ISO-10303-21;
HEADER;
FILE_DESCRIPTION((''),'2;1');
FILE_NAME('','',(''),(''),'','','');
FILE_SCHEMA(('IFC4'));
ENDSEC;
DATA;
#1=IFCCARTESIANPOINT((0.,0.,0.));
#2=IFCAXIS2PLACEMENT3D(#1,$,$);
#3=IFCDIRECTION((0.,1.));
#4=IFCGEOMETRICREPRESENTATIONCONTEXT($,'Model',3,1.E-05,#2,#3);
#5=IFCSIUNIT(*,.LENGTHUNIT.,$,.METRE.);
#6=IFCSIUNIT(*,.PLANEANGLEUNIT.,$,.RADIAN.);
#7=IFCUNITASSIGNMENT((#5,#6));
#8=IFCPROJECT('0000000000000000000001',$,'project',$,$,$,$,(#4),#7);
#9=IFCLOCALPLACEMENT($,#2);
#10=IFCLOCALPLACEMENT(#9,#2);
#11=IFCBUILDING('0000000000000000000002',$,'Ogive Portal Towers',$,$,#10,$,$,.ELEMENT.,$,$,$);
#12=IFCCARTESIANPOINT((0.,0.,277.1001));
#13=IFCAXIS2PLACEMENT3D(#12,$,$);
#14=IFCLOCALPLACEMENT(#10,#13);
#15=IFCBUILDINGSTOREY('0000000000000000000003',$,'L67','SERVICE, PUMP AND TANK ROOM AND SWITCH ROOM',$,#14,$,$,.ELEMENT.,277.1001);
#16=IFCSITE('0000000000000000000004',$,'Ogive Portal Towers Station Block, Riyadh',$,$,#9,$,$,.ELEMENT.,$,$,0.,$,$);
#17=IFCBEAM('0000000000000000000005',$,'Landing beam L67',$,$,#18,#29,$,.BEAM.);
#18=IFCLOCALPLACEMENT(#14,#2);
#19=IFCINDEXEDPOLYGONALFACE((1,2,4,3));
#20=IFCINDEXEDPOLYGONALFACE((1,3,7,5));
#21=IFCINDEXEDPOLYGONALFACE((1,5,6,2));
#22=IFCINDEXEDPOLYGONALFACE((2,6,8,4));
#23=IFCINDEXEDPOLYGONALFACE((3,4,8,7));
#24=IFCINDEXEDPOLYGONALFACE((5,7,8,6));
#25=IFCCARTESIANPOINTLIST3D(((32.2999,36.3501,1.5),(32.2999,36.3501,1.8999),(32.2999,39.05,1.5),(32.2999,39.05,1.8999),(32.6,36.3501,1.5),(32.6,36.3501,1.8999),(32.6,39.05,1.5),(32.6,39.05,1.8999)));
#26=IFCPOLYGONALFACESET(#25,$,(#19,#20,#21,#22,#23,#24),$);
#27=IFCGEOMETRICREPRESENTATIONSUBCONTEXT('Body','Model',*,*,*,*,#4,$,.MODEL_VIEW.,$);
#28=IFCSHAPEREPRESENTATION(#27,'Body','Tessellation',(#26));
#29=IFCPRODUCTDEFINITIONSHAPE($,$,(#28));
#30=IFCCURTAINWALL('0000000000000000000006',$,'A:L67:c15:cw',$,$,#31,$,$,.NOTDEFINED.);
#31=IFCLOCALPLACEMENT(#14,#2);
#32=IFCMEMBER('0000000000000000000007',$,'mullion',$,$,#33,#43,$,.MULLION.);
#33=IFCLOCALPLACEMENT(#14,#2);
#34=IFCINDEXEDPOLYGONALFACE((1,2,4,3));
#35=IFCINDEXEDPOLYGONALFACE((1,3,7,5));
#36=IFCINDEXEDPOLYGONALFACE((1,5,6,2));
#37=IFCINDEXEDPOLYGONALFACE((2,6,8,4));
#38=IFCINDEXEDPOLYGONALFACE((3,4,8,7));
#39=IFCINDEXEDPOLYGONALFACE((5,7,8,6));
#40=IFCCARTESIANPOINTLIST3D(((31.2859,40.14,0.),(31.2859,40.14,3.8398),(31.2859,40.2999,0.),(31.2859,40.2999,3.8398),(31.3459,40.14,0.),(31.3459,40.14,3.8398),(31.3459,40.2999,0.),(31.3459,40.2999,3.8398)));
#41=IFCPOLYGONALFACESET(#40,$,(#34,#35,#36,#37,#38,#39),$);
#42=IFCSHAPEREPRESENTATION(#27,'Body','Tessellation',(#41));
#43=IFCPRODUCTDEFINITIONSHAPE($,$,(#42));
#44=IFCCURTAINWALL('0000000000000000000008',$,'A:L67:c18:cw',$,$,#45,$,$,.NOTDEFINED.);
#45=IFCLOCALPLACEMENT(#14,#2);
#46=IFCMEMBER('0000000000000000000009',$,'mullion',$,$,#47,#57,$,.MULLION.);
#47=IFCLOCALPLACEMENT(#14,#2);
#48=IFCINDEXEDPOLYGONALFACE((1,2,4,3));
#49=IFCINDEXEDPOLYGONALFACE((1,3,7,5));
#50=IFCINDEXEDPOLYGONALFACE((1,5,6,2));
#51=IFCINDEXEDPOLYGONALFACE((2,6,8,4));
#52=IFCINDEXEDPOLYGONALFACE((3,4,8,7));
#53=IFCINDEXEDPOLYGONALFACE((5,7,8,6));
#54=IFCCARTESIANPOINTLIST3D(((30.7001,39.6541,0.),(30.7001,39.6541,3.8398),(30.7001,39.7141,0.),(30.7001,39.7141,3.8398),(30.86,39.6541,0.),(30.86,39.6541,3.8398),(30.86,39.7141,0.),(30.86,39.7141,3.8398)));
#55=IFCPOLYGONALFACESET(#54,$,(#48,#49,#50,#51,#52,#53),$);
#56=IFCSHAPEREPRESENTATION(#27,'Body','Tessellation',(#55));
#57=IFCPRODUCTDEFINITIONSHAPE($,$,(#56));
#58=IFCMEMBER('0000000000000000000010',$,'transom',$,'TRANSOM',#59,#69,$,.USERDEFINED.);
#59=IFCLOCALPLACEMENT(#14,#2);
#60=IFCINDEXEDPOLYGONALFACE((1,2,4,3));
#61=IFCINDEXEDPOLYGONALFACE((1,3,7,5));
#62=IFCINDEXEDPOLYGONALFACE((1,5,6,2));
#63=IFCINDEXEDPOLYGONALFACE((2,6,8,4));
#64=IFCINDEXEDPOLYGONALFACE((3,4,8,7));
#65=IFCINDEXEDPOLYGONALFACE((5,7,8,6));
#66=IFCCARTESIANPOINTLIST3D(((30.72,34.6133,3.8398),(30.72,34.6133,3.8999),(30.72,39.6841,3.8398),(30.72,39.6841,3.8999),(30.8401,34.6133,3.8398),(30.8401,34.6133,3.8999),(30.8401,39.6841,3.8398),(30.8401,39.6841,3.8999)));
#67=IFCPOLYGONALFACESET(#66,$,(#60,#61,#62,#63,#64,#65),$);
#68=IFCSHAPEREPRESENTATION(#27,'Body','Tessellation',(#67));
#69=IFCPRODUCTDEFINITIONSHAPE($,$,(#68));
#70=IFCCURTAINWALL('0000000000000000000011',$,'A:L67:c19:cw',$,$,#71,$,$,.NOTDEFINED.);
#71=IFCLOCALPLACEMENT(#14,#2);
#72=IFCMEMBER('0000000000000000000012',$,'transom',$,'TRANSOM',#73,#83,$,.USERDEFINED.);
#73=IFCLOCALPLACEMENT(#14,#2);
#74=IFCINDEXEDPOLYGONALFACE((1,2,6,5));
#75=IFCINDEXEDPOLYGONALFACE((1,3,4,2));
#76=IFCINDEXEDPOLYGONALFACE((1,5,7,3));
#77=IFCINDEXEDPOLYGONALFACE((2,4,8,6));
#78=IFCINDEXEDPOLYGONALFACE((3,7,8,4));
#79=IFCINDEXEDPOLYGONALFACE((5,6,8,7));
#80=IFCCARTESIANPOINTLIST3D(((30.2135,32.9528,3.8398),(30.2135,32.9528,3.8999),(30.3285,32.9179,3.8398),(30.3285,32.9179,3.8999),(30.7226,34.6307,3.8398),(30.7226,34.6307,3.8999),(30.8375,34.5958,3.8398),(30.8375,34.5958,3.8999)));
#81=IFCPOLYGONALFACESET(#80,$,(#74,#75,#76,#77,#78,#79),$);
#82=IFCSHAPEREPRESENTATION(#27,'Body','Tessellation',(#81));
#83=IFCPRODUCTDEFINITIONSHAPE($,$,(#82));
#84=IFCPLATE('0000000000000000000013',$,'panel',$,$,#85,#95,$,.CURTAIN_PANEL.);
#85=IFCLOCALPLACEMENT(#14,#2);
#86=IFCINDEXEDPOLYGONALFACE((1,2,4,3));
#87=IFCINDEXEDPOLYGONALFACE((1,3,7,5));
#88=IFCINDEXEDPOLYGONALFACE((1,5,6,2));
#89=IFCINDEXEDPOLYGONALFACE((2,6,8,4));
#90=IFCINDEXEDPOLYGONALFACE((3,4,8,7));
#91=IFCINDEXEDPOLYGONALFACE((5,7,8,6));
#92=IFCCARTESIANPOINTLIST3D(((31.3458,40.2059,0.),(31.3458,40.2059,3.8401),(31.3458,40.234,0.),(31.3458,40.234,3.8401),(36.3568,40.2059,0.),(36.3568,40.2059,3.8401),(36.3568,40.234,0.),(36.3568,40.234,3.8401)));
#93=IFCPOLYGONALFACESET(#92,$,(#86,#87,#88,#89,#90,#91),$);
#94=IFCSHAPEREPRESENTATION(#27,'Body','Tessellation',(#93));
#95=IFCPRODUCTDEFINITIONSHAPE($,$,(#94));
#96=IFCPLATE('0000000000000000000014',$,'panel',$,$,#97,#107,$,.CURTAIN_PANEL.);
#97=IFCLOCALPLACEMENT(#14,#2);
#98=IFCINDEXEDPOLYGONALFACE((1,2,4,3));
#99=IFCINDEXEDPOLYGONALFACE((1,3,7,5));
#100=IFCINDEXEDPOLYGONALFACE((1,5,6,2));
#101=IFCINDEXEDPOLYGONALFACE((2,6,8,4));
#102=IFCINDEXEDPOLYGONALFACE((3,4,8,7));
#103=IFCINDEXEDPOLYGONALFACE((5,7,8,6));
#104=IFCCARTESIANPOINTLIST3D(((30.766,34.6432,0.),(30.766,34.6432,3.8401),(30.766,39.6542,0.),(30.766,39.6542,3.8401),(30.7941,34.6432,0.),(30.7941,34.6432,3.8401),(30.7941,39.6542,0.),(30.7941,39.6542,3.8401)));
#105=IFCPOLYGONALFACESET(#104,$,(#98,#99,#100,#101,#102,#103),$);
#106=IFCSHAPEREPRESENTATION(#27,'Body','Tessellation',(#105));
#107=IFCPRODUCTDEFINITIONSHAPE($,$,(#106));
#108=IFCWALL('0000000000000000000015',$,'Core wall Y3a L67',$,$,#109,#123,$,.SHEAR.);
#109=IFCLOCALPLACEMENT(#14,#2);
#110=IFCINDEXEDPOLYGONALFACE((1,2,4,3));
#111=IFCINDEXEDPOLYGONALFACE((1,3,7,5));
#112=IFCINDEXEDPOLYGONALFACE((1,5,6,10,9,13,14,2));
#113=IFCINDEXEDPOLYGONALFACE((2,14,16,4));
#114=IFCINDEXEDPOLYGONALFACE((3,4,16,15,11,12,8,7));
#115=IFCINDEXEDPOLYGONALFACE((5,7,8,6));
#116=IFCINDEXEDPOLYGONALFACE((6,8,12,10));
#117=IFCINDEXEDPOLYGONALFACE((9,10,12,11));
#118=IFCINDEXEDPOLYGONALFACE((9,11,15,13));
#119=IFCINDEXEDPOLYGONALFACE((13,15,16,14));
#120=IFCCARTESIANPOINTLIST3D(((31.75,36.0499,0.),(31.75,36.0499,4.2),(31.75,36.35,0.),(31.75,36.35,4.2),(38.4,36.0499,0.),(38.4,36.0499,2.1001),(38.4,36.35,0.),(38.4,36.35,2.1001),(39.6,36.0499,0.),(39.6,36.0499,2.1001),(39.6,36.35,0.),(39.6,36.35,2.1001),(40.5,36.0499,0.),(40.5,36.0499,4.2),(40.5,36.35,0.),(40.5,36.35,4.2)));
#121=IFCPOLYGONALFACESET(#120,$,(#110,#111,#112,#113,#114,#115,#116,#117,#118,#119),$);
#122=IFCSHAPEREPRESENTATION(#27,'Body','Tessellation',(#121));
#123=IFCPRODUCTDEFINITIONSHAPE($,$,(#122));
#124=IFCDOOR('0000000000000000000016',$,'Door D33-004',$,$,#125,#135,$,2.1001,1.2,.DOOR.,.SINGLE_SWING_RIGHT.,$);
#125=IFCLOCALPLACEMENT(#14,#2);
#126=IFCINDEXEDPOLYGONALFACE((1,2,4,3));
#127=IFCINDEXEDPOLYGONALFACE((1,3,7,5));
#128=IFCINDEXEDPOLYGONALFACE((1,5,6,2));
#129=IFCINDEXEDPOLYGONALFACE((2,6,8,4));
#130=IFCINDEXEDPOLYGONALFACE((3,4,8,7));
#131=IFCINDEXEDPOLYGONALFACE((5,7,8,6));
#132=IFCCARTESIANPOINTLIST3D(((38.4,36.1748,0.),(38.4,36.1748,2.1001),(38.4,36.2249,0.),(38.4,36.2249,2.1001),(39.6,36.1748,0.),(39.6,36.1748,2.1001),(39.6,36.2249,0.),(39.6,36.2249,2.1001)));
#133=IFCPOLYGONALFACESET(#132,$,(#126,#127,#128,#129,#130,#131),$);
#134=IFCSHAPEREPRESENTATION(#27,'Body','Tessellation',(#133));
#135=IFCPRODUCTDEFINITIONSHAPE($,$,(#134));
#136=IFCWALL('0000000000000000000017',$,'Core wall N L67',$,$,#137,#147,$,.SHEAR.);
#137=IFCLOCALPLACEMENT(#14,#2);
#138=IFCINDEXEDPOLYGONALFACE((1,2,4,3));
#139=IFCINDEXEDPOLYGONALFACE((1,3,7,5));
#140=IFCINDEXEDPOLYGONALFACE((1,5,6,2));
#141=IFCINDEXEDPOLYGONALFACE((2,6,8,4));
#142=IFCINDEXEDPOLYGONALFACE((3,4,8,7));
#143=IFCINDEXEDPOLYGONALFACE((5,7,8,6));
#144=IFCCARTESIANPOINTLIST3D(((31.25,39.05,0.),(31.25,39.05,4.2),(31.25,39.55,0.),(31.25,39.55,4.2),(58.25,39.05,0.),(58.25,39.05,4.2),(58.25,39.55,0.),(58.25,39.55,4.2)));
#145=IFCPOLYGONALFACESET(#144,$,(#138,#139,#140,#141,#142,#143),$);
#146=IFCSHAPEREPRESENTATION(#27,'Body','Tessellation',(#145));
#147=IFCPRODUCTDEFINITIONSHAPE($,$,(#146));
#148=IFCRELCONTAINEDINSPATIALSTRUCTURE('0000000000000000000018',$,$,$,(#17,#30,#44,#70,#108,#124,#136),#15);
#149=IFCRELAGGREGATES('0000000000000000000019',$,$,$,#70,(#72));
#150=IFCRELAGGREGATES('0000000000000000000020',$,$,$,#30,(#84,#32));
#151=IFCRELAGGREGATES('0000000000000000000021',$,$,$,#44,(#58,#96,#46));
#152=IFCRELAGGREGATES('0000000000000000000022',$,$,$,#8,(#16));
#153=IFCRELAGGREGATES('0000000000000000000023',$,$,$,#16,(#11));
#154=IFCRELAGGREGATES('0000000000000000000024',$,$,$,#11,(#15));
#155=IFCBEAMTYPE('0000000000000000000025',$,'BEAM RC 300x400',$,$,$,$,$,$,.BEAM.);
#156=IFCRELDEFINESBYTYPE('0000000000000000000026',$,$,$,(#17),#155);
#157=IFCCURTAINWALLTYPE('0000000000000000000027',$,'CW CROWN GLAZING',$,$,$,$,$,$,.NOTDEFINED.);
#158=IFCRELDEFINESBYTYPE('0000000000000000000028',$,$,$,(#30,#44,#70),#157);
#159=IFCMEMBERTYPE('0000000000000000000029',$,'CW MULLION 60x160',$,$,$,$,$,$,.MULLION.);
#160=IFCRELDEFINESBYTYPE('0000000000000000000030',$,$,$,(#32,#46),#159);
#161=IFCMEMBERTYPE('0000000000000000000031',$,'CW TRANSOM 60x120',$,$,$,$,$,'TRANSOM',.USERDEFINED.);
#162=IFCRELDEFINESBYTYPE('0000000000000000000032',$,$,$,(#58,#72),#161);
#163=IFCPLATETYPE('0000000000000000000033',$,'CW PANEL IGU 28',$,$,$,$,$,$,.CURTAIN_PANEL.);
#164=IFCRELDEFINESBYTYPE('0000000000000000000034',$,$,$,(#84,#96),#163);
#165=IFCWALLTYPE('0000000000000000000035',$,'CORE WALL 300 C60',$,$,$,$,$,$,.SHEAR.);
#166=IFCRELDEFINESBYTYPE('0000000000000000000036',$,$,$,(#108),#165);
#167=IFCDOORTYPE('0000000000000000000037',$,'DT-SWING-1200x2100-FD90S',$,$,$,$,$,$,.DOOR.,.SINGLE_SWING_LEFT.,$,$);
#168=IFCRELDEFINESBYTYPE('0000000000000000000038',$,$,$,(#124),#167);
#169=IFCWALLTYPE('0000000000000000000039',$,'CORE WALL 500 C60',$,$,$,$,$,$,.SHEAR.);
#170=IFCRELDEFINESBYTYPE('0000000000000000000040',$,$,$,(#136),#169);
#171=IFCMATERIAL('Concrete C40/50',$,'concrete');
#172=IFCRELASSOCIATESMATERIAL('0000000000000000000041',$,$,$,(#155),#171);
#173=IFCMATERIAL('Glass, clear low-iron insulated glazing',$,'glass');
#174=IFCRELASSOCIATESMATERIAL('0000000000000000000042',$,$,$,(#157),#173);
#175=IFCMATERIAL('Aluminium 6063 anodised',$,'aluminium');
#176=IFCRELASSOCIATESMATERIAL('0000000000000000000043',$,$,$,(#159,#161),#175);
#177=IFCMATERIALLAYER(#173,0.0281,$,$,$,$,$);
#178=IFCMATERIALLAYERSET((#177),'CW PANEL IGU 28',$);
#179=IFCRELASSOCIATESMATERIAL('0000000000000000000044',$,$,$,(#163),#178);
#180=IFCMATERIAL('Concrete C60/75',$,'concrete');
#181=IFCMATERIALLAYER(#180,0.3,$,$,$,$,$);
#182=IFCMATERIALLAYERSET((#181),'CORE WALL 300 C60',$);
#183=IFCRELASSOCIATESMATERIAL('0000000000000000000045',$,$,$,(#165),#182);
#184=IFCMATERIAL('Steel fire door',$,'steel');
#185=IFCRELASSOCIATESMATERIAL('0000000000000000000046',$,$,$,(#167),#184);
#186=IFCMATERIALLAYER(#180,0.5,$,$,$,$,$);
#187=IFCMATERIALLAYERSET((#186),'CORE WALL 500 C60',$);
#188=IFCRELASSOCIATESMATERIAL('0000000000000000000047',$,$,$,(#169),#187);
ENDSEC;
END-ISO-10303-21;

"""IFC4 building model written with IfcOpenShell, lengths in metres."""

from ifc_helpers import new_model, si_unit, direction, frame, frame_2d, origin, origin_2d, place, context, subcontext, project, spatial, rectangle, extrude, material, layer, layer_set, material_profile, profile_set, type_object, element, fill, aggregate, save


model = new_model("IFC4")

# Units and contexts
model_context = context("Model", 3, precision=1e-05, world=origin(), true_north=direction((0.0, 1.0)))
body_context = subcontext(model_context, "Body", "Model", "MODEL_VIEW")
ifc_project = project(units=[si_unit("LENGTHUNIT", "METRE"), si_unit("PLANEANGLEUNIT", "RADIAN")], contexts=[model_context])

# Site, building, storey
site_placement = place(None, origin())
site = spatial("IfcSite", under=ifc_project, at=site_placement, Name="Ogive Portal Towers Station Block, Riyadh", CompositionType="ELEMENT", RefElevation=0.0)
building_placement = place(site_placement, origin())
building = spatial("IfcBuilding", under=site, at=building_placement, Name="Ogive Portal Towers", CompositionType="ELEMENT")
storey_placement = place(building_placement, frame((0.0, 0.0, 277.1001)))
storey = spatial("IfcBuildingStorey", under=building, at=storey_placement, Name="L67", Description="SERVICE, PUMP AND TANK ROOM AND SWITCH ROOM", CompositionType="ELEMENT", Elevation=277.1001)

# Beam
ifc_material_1 = material(Name="Concrete C40/50", Category="concrete")
ifc_material_profile_1 = material_profile(ifc_material_1, rectangle(XDim=0.3, YDim=0.3999, at=origin_2d()), Name="RC 300x400")
ifc_profile_set_1 = profile_set([ifc_material_profile_1], Name="Concrete C40/50")
beam_type = type_object("IfcBeamType", Name="BEAM RC 300x400", PredefinedType="BEAM", material=ifc_profile_set_1)
beam_placement = place(storey_placement, frame((32.45, 36.3501, 1.7), z_axis=(0.0, 1.0, 0.0), x_axis=(-1.0, 0.0, 0.0)))
element("IfcBeam", 1, at=beam_placement, inside=storey, type_object=beam_type, Name="Landing beam L67", PredefinedType="BEAM", context=body_context, shape_type="SweptSolid", body=[
    extrude(rectangle(XDim=0.3, YDim=0.3999, at=origin_2d()), origin(), (0.0, 0.0, 1.0), 2.7),
])

# Curtain wall, member
ifc_material_2 = material(Name="Glass, clear low-iron insulated glazing", Category="glass")
curtain_wall_type = type_object("IfcCurtainWallType", Name="CW CROWN GLAZING", PredefinedType="NOTDEFINED", material=ifc_material_2)
curtain_wall_1_placement = place(storey_placement, origin())
curtain_wall_1 = element("IfcCurtainWall", 2, at=curtain_wall_1_placement, inside=storey, type_object=curtain_wall_type, Name="A:L67:c15:cw", PredefinedType="NOTDEFINED")
ifc_material_3 = material(Name="Aluminium 6063 anodised", Category="aluminium")
ifc_material_profile_2 = material_profile(ifc_material_3, rectangle(XDim=0.1599, YDim=0.0601, at=origin_2d()), Name="AL 60x160")
ifc_profile_set_2 = profile_set([ifc_material_profile_2], Name="Aluminium 6063 anodised")
member_type_1 = type_object("IfcMemberType", Name="CW MULLION 60x160", PredefinedType="MULLION", material=ifc_profile_set_2)
member_1_placement = place(storey_placement, frame((31.3159, 40.22, 0.0), z_axis=(0.0, 0.0, 1.0), x_axis=(0.0, -1.0, 0.0)))
member_1 = element("IfcMember", 3, at=member_1_placement, type_object=member_type_1, Name="mullion", PredefinedType="MULLION", context=body_context, shape_type="SweptSolid", body=[
    extrude(rectangle(XDim=0.1599, YDim=0.0601, at=origin_2d()), origin(), (0.0, 0.0, 1.0), 3.8398),
])

# Curtain wall, members
curtain_wall_2_placement = place(storey_placement, origin())
curtain_wall_2 = element("IfcCurtainWall", 4, at=curtain_wall_2_placement, inside=storey, type_object=curtain_wall_type, Name="A:L67:c18:cw", PredefinedType="NOTDEFINED")
member_2_placement = place(storey_placement, frame((30.78, 39.6841, 0.0), z_axis=(0.0, 0.0, 1.0), x_axis=(1.0, 0.0, 0.0)))
member_2 = element("IfcMember", 5, at=member_2_placement, type_object=member_type_1, Name="mullion", PredefinedType="MULLION", context=body_context, shape_type="SweptSolid", body=[
    extrude(rectangle(XDim=0.1599, YDim=0.0601, at=origin_2d()), origin(), (0.0, 0.0, 1.0), 3.8398),
])
ifc_material_profile_3 = material_profile(ifc_material_3, rectangle(XDim=0.1201, YDim=0.0601, at=origin_2d()), Name="AL 120x60")
ifc_profile_set_3 = profile_set([ifc_material_profile_3], Name="Aluminium 6063 anodised")
member_type_2 = type_object("IfcMemberType", Name="CW TRANSOM 60x120", ElementType="TRANSOM", PredefinedType="USERDEFINED", material=ifc_profile_set_3)
member_3_placement = place(storey_placement, frame((30.78, 39.6841, 3.8699), z_axis=(0.0, -1.0, 0.0), x_axis=(1.0, 0.0, 0.0)))
member_3 = element("IfcMember", 6, at=member_3_placement, type_object=member_type_2, Name="transom", ObjectType="TRANSOM", PredefinedType="USERDEFINED", context=body_context, shape_type="SweptSolid", body=[
    extrude(rectangle(XDim=0.1201, YDim=0.0601, at=origin_2d()), origin(), (0.0, 0.0, 1.0), 5.0708),
])

# Curtain wall, member
curtain_wall_3_placement = place(storey_placement, origin())
curtain_wall_3 = element("IfcCurtainWall", 7, at=curtain_wall_3_placement, inside=storey, type_object=curtain_wall_type, Name="A:L67:c19:cw", PredefinedType="NOTDEFINED")
member_4_placement = place(storey_placement, frame((30.78, 34.6133, 3.8699), z_axis=(-0.290297, -0.956937, 0.0), x_axis=(0.956937, -0.290297, 0.0)))
member_4 = element("IfcMember", 8, at=member_4_placement, type_object=member_type_2, Name="transom", ObjectType="TRANSOM", PredefinedType="USERDEFINED", context=body_context, shape_type="SweptSolid", body=[
    extrude(rectangle(XDim=0.1201, YDim=0.0601, at=origin_2d()), origin(), (0.0, 0.0, 1.0), 1.7534),
])
aggregate(curtain_wall_3, [member_4])

# Plates
ifc_layer_1 = layer(ifc_material_2, 0.0281)
ifc_layer_set_1 = layer_set([ifc_layer_1], Name="CW PANEL IGU 28")
plate_type = type_object("IfcPlateType", Name="CW PANEL IGU 28", PredefinedType="CURTAIN_PANEL", material=ifc_layer_set_1)
plate_1_placement = place(storey_placement, frame((33.8513, 40.22, 0.0), z_axis=(0.0, 0.0, 1.0), x_axis=(-1.0, 0.0, 0.0)))
plate_1 = element("IfcPlate", 9, at=plate_1_placement, type_object=plate_type, Name="panel", PredefinedType="CURTAIN_PANEL", context=body_context, shape_type="SweptSolid", body=[
    extrude(rectangle(XDim=5.011, YDim=0.0281, at=origin_2d()), origin(), (0.0, 0.0, 1.0), 3.8401),
])
aggregate(curtain_wall_1, [plate_1, member_1])
plate_2_placement = place(storey_placement, frame((30.78, 37.1487, 0.0), z_axis=(0.0, 0.0, 1.0), x_axis=(0.0, -1.0, 0.0)))
plate_2 = element("IfcPlate", 10, at=plate_2_placement, type_object=plate_type, Name="panel", PredefinedType="CURTAIN_PANEL", context=body_context, shape_type="SweptSolid", body=[
    extrude(rectangle(XDim=5.011, YDim=0.0281, at=origin_2d()), origin(), (0.0, 0.0, 1.0), 3.8401),
])
aggregate(curtain_wall_2, [member_3, plate_2, member_2])

# Wall, opening, door
ifc_material_4 = material(Name="Concrete C60/75", Category="concrete")
ifc_layer_2 = layer(ifc_material_4, 0.3)
ifc_layer_set_2 = layer_set([ifc_layer_2], Name="CORE WALL 300 C60")
wall_type_1 = type_object("IfcWallType", Name="CORE WALL 300 C60", PredefinedType="SHEAR", material=ifc_layer_set_2)
wall_1_placement = place(storey_placement, frame((31.75, 36.2, 0.0), z_axis=(0.0, 0.0, 1.0), x_axis=(1.0, 0.0, 0.0)))
wall_1 = element("IfcWall", 11, at=wall_1_placement, inside=storey, type_object=wall_type_1, Name="Core wall Y3a L67", PredefinedType="SHEAR", context=body_context, shape_type="SweptSolid", body=[
    extrude(rectangle(XDim=8.75, YDim=0.3, at=frame_2d((4.375, 0.0))), origin(), (0.0, 0.0, 1.0), 4.2),
])
opening_placement = place(wall_1_placement, frame((6.6499, 0.0, 0.0)))
opening = element("IfcOpeningElement", 12, at=opening_placement, cuts=wall_1, PredefinedType="OPENING", context=body_context, shape_type="SweptSolid", body=[
    extrude(rectangle(XDim=1.2, YDim=2.1001, at=frame_2d((0.6001, 1.05))), frame((0.0, 0.1602, 0.0), z_axis=(0.0, -1.0, 0.0), x_axis=(1.0, 0.0, 0.0)), (0.0, 0.0, 1.0), 0.3201),
])
ifc_material_5 = material(Name="Steel fire door", Category="steel")
door_type = type_object("IfcDoorType", Name="DT-SWING-1200x2100-FD90S", OperationType="SINGLE_SWING_LEFT", PredefinedType="DOOR", material=ifc_material_5)
door_placement = place(opening_placement, origin())
door = element("IfcDoor", 13, at=door_placement, inside=storey, type_object=door_type, Name="Door D33-004", OperationType="SINGLE_SWING_RIGHT", OverallHeight=2.1001, OverallWidth=1.2, PredefinedType="DOOR", context=body_context, shape_type="SweptSolid", body=[
    extrude(rectangle(XDim=1.2, YDim=2.1001, at=frame_2d((0.6001, 1.05))), frame((0.0, 0.0249, 0.0), z_axis=(0.0, -1.0, 0.0), x_axis=(1.0, 0.0, 0.0)), (0.0, 0.0, 1.0), 0.05),
])
fill(opening, door)

# Wall
ifc_layer_3 = layer(ifc_material_4, 0.5)
ifc_layer_set_3 = layer_set([ifc_layer_3], Name="CORE WALL 500 C60")
wall_type_2 = type_object("IfcWallType", Name="CORE WALL 500 C60", PredefinedType="SHEAR", material=ifc_layer_set_3)
wall_2_placement = place(storey_placement, frame((31.25, 39.3, 0.0), z_axis=(0.0, 0.0, 1.0), x_axis=(1.0, 0.0, 0.0)))
element("IfcWall", 14, at=wall_2_placement, inside=storey, type_object=wall_type_2, Name="Core wall N L67", PredefinedType="SHEAR", context=body_context, shape_type="SweptSolid", body=[
    extrude(rectangle(XDim=27.0, YDim=0.5, at=frame_2d((13.5, 0.0))), origin(), (0.0, 0.0, 1.0), 4.2),
])

save(model, "model.ifc")
